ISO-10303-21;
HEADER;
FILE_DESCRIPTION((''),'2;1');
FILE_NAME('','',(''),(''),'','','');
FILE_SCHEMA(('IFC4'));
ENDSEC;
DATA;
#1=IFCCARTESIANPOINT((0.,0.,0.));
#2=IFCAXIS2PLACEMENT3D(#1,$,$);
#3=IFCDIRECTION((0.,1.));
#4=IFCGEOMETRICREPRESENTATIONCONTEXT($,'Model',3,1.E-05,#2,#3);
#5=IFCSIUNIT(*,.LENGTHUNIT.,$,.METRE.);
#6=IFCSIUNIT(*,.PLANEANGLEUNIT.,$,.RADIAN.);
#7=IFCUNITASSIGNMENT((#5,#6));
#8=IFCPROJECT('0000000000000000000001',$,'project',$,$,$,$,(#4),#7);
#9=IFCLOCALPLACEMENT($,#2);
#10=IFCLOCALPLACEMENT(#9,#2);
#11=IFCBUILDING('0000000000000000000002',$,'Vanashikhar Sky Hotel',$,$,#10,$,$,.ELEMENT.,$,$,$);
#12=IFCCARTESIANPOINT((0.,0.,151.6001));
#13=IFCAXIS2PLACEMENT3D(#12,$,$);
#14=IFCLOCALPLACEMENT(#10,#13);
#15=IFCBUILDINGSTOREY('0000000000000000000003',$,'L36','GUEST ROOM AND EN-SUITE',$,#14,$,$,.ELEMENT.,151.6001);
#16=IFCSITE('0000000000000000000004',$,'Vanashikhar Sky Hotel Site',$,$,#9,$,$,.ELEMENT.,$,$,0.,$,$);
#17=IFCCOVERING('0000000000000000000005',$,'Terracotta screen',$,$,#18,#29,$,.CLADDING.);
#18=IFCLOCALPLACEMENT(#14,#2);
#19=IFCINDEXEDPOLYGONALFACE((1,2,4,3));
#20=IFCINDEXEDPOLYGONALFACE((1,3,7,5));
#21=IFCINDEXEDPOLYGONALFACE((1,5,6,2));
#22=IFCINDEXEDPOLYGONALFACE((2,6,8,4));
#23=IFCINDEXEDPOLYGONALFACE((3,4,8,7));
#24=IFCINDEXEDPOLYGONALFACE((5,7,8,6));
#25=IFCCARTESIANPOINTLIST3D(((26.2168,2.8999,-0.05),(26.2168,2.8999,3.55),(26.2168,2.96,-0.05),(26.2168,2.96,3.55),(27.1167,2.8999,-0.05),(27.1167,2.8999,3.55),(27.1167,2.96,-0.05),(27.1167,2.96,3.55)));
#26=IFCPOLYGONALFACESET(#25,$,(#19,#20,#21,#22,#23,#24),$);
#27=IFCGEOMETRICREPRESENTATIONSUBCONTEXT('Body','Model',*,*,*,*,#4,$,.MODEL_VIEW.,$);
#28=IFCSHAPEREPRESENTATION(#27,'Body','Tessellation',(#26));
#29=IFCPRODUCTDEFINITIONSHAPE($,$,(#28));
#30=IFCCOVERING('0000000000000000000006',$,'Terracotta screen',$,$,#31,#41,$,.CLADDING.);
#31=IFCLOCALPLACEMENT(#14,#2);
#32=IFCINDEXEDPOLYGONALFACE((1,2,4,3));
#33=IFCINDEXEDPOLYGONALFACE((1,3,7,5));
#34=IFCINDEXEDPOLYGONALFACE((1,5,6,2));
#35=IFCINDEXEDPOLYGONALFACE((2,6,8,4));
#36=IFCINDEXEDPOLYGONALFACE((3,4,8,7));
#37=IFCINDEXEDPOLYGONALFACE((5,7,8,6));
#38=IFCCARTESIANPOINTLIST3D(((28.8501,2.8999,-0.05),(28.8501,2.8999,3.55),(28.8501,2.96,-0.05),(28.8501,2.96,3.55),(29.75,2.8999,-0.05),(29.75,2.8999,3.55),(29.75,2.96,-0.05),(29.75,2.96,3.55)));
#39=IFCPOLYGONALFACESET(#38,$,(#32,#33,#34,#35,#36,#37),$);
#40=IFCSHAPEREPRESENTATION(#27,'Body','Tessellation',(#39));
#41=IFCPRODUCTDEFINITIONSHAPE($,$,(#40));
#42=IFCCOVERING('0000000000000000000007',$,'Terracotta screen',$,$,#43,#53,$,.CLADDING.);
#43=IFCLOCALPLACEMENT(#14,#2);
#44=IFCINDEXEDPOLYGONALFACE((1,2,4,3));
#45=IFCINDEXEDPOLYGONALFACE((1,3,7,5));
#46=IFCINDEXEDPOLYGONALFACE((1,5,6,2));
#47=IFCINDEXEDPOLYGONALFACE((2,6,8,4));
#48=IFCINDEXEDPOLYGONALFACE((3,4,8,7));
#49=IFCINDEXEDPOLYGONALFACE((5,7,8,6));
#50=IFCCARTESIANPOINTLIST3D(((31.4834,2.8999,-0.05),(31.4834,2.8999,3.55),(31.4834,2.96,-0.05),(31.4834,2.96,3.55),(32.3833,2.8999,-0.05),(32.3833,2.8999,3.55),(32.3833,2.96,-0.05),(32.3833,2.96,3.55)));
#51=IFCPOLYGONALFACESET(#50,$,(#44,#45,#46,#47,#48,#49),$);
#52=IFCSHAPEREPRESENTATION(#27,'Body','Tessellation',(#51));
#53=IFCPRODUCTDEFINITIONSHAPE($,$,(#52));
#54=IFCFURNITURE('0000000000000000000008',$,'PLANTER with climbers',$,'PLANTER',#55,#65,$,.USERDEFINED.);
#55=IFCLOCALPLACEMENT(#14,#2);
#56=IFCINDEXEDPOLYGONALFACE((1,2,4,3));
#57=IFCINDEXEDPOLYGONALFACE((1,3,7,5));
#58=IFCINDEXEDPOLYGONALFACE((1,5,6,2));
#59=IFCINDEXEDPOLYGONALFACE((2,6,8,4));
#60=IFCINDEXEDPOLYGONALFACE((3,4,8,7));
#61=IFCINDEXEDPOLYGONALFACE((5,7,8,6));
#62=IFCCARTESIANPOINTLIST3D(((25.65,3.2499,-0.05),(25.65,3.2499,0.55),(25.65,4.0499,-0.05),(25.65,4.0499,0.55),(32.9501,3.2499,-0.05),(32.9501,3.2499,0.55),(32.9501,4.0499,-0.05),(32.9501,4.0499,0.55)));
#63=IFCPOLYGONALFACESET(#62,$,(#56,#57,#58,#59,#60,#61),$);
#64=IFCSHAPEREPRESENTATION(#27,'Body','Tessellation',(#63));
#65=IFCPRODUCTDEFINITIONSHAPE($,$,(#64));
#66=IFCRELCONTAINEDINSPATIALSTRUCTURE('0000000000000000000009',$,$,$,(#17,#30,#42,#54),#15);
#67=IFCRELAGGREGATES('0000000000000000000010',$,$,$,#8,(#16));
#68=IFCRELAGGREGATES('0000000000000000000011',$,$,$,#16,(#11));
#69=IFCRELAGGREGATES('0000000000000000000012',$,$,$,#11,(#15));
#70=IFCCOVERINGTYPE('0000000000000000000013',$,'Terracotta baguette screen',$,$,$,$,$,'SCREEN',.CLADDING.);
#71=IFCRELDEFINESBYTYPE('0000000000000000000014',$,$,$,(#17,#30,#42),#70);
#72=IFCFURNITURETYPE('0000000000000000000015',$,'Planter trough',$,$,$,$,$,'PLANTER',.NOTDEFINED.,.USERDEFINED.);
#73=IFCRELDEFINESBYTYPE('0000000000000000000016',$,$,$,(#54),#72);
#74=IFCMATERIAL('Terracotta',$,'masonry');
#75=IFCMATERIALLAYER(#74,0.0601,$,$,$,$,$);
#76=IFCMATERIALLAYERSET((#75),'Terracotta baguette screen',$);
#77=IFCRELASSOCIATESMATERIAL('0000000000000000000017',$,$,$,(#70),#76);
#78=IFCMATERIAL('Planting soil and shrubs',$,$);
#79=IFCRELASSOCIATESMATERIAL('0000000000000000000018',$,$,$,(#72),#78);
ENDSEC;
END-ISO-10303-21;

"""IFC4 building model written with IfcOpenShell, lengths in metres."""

from ifc_helpers import new_model, si_unit, direction, frame, origin, origin_2d, place, context, subcontext, project, spatial, rectangle, extrude, source, transform, mapped, material, layer, layer_set, type_object, element, save


model = new_model("IFC4")

# Units and contexts
model_context = context("Model", 3, precision=1e-05, world=origin(), true_north=direction((0.0, 1.0)))
body_context = subcontext(model_context, "Body", "Model", "MODEL_VIEW")
ifc_project = project(units=[si_unit("LENGTHUNIT", "METRE"), si_unit("PLANEANGLEUNIT", "RADIAN")], contexts=[model_context])

# Site, building, storey
site_placement = place(None, origin())
site = spatial("IfcSite", under=ifc_project, at=site_placement, Name="Vanashikhar Sky Hotel Site", CompositionType="ELEMENT", RefElevation=0.0)
building_placement = place(site_placement, origin())
building = spatial("IfcBuilding", under=site, at=building_placement, Name="Vanashikhar Sky Hotel", CompositionType="ELEMENT")
storey_placement = place(building_placement, frame((0.0, 0.0, 151.6001)))
storey = spatial("IfcBuildingStorey", under=building, at=storey_placement, Name="L36", Description="GUEST ROOM AND EN-SUITE", CompositionType="ELEMENT", Elevation=151.6001)

# Coverings
ifc_material_1 = material(Name="Terracotta", Category="masonry")
ifc_layer_1 = layer(ifc_material_1, 0.0601)
ifc_layer_set_1 = layer_set([ifc_layer_1], Name="Terracotta baguette screen")
covering_type = type_object("IfcCoveringType", Name="Terracotta baguette screen", ElementType="SCREEN", PredefinedType="CLADDING", material=ifc_layer_set_1)
shared_shape_1 = source(origin(), body_context, "Body", "SweptSolid", [
    extrude(rectangle(XDim=0.8999, YDim=0.0601, at=origin_2d()), origin(), (0.0, 0.0, 1.0), 3.6001),
])
for number, where, z_axis, x_axis, name in (
    (1, (26.6667, 2.9299, -0.05), (0.0, 0.0, 1.0), (1.0, 0.0, 0.0), "Terracotta screen"),
    (2, (29.3, 2.9299, -0.05), (0.0, 0.0, 1.0), (1.0, 0.0, 0.0), "Terracotta screen"),
    (3, (31.9333, 2.9299, -0.05), (0.0, 0.0, 1.0), (1.0, 0.0, 0.0), "Terracotta screen"),
):
    element("IfcCovering", number, at=place(storey_placement, frame(where, z_axis=z_axis, x_axis=x_axis)), inside=storey, type_object=covering_type, Name=name, PredefinedType="CLADDING", context=body_context, shape_type="MappedRepresentation", body=[
        mapped(shared_shape_1, transform((0.0, 0.0, 0.0), scale=1.0)),
    ])

# Furniture
ifc_material_2 = material(Name="Planting soil and shrubs")
furniture_type = type_object("IfcFurnitureType", Name="Planter trough", ElementType="PLANTER", AssemblyPlace="NOTDEFINED", PredefinedType="USERDEFINED", material=ifc_material_2)
shared_shape_2 = source(origin(), body_context, "Body", "SweptSolid", [
    extrude(rectangle(XDim=7.3, YDim=0.8, at=origin_2d()), origin(), (0.0, 0.0, 1.0), 0.6001),
])
furniture_placement = place(storey_placement, frame((29.3, 3.6499, -0.05), z_axis=(0.0, 0.0, 1.0), x_axis=(1.0, 0.0, 0.0)))
element("IfcFurniture", 4, at=furniture_placement, inside=storey, type_object=furniture_type, Name="PLANTER with climbers", ObjectType="PLANTER", PredefinedType="USERDEFINED", context=body_context, shape_type="MappedRepresentation", body=[
    mapped(shared_shape_2, transform((0.0, 0.0, 0.0), scale=1.0)),
])

save(model, "model.ifc")
